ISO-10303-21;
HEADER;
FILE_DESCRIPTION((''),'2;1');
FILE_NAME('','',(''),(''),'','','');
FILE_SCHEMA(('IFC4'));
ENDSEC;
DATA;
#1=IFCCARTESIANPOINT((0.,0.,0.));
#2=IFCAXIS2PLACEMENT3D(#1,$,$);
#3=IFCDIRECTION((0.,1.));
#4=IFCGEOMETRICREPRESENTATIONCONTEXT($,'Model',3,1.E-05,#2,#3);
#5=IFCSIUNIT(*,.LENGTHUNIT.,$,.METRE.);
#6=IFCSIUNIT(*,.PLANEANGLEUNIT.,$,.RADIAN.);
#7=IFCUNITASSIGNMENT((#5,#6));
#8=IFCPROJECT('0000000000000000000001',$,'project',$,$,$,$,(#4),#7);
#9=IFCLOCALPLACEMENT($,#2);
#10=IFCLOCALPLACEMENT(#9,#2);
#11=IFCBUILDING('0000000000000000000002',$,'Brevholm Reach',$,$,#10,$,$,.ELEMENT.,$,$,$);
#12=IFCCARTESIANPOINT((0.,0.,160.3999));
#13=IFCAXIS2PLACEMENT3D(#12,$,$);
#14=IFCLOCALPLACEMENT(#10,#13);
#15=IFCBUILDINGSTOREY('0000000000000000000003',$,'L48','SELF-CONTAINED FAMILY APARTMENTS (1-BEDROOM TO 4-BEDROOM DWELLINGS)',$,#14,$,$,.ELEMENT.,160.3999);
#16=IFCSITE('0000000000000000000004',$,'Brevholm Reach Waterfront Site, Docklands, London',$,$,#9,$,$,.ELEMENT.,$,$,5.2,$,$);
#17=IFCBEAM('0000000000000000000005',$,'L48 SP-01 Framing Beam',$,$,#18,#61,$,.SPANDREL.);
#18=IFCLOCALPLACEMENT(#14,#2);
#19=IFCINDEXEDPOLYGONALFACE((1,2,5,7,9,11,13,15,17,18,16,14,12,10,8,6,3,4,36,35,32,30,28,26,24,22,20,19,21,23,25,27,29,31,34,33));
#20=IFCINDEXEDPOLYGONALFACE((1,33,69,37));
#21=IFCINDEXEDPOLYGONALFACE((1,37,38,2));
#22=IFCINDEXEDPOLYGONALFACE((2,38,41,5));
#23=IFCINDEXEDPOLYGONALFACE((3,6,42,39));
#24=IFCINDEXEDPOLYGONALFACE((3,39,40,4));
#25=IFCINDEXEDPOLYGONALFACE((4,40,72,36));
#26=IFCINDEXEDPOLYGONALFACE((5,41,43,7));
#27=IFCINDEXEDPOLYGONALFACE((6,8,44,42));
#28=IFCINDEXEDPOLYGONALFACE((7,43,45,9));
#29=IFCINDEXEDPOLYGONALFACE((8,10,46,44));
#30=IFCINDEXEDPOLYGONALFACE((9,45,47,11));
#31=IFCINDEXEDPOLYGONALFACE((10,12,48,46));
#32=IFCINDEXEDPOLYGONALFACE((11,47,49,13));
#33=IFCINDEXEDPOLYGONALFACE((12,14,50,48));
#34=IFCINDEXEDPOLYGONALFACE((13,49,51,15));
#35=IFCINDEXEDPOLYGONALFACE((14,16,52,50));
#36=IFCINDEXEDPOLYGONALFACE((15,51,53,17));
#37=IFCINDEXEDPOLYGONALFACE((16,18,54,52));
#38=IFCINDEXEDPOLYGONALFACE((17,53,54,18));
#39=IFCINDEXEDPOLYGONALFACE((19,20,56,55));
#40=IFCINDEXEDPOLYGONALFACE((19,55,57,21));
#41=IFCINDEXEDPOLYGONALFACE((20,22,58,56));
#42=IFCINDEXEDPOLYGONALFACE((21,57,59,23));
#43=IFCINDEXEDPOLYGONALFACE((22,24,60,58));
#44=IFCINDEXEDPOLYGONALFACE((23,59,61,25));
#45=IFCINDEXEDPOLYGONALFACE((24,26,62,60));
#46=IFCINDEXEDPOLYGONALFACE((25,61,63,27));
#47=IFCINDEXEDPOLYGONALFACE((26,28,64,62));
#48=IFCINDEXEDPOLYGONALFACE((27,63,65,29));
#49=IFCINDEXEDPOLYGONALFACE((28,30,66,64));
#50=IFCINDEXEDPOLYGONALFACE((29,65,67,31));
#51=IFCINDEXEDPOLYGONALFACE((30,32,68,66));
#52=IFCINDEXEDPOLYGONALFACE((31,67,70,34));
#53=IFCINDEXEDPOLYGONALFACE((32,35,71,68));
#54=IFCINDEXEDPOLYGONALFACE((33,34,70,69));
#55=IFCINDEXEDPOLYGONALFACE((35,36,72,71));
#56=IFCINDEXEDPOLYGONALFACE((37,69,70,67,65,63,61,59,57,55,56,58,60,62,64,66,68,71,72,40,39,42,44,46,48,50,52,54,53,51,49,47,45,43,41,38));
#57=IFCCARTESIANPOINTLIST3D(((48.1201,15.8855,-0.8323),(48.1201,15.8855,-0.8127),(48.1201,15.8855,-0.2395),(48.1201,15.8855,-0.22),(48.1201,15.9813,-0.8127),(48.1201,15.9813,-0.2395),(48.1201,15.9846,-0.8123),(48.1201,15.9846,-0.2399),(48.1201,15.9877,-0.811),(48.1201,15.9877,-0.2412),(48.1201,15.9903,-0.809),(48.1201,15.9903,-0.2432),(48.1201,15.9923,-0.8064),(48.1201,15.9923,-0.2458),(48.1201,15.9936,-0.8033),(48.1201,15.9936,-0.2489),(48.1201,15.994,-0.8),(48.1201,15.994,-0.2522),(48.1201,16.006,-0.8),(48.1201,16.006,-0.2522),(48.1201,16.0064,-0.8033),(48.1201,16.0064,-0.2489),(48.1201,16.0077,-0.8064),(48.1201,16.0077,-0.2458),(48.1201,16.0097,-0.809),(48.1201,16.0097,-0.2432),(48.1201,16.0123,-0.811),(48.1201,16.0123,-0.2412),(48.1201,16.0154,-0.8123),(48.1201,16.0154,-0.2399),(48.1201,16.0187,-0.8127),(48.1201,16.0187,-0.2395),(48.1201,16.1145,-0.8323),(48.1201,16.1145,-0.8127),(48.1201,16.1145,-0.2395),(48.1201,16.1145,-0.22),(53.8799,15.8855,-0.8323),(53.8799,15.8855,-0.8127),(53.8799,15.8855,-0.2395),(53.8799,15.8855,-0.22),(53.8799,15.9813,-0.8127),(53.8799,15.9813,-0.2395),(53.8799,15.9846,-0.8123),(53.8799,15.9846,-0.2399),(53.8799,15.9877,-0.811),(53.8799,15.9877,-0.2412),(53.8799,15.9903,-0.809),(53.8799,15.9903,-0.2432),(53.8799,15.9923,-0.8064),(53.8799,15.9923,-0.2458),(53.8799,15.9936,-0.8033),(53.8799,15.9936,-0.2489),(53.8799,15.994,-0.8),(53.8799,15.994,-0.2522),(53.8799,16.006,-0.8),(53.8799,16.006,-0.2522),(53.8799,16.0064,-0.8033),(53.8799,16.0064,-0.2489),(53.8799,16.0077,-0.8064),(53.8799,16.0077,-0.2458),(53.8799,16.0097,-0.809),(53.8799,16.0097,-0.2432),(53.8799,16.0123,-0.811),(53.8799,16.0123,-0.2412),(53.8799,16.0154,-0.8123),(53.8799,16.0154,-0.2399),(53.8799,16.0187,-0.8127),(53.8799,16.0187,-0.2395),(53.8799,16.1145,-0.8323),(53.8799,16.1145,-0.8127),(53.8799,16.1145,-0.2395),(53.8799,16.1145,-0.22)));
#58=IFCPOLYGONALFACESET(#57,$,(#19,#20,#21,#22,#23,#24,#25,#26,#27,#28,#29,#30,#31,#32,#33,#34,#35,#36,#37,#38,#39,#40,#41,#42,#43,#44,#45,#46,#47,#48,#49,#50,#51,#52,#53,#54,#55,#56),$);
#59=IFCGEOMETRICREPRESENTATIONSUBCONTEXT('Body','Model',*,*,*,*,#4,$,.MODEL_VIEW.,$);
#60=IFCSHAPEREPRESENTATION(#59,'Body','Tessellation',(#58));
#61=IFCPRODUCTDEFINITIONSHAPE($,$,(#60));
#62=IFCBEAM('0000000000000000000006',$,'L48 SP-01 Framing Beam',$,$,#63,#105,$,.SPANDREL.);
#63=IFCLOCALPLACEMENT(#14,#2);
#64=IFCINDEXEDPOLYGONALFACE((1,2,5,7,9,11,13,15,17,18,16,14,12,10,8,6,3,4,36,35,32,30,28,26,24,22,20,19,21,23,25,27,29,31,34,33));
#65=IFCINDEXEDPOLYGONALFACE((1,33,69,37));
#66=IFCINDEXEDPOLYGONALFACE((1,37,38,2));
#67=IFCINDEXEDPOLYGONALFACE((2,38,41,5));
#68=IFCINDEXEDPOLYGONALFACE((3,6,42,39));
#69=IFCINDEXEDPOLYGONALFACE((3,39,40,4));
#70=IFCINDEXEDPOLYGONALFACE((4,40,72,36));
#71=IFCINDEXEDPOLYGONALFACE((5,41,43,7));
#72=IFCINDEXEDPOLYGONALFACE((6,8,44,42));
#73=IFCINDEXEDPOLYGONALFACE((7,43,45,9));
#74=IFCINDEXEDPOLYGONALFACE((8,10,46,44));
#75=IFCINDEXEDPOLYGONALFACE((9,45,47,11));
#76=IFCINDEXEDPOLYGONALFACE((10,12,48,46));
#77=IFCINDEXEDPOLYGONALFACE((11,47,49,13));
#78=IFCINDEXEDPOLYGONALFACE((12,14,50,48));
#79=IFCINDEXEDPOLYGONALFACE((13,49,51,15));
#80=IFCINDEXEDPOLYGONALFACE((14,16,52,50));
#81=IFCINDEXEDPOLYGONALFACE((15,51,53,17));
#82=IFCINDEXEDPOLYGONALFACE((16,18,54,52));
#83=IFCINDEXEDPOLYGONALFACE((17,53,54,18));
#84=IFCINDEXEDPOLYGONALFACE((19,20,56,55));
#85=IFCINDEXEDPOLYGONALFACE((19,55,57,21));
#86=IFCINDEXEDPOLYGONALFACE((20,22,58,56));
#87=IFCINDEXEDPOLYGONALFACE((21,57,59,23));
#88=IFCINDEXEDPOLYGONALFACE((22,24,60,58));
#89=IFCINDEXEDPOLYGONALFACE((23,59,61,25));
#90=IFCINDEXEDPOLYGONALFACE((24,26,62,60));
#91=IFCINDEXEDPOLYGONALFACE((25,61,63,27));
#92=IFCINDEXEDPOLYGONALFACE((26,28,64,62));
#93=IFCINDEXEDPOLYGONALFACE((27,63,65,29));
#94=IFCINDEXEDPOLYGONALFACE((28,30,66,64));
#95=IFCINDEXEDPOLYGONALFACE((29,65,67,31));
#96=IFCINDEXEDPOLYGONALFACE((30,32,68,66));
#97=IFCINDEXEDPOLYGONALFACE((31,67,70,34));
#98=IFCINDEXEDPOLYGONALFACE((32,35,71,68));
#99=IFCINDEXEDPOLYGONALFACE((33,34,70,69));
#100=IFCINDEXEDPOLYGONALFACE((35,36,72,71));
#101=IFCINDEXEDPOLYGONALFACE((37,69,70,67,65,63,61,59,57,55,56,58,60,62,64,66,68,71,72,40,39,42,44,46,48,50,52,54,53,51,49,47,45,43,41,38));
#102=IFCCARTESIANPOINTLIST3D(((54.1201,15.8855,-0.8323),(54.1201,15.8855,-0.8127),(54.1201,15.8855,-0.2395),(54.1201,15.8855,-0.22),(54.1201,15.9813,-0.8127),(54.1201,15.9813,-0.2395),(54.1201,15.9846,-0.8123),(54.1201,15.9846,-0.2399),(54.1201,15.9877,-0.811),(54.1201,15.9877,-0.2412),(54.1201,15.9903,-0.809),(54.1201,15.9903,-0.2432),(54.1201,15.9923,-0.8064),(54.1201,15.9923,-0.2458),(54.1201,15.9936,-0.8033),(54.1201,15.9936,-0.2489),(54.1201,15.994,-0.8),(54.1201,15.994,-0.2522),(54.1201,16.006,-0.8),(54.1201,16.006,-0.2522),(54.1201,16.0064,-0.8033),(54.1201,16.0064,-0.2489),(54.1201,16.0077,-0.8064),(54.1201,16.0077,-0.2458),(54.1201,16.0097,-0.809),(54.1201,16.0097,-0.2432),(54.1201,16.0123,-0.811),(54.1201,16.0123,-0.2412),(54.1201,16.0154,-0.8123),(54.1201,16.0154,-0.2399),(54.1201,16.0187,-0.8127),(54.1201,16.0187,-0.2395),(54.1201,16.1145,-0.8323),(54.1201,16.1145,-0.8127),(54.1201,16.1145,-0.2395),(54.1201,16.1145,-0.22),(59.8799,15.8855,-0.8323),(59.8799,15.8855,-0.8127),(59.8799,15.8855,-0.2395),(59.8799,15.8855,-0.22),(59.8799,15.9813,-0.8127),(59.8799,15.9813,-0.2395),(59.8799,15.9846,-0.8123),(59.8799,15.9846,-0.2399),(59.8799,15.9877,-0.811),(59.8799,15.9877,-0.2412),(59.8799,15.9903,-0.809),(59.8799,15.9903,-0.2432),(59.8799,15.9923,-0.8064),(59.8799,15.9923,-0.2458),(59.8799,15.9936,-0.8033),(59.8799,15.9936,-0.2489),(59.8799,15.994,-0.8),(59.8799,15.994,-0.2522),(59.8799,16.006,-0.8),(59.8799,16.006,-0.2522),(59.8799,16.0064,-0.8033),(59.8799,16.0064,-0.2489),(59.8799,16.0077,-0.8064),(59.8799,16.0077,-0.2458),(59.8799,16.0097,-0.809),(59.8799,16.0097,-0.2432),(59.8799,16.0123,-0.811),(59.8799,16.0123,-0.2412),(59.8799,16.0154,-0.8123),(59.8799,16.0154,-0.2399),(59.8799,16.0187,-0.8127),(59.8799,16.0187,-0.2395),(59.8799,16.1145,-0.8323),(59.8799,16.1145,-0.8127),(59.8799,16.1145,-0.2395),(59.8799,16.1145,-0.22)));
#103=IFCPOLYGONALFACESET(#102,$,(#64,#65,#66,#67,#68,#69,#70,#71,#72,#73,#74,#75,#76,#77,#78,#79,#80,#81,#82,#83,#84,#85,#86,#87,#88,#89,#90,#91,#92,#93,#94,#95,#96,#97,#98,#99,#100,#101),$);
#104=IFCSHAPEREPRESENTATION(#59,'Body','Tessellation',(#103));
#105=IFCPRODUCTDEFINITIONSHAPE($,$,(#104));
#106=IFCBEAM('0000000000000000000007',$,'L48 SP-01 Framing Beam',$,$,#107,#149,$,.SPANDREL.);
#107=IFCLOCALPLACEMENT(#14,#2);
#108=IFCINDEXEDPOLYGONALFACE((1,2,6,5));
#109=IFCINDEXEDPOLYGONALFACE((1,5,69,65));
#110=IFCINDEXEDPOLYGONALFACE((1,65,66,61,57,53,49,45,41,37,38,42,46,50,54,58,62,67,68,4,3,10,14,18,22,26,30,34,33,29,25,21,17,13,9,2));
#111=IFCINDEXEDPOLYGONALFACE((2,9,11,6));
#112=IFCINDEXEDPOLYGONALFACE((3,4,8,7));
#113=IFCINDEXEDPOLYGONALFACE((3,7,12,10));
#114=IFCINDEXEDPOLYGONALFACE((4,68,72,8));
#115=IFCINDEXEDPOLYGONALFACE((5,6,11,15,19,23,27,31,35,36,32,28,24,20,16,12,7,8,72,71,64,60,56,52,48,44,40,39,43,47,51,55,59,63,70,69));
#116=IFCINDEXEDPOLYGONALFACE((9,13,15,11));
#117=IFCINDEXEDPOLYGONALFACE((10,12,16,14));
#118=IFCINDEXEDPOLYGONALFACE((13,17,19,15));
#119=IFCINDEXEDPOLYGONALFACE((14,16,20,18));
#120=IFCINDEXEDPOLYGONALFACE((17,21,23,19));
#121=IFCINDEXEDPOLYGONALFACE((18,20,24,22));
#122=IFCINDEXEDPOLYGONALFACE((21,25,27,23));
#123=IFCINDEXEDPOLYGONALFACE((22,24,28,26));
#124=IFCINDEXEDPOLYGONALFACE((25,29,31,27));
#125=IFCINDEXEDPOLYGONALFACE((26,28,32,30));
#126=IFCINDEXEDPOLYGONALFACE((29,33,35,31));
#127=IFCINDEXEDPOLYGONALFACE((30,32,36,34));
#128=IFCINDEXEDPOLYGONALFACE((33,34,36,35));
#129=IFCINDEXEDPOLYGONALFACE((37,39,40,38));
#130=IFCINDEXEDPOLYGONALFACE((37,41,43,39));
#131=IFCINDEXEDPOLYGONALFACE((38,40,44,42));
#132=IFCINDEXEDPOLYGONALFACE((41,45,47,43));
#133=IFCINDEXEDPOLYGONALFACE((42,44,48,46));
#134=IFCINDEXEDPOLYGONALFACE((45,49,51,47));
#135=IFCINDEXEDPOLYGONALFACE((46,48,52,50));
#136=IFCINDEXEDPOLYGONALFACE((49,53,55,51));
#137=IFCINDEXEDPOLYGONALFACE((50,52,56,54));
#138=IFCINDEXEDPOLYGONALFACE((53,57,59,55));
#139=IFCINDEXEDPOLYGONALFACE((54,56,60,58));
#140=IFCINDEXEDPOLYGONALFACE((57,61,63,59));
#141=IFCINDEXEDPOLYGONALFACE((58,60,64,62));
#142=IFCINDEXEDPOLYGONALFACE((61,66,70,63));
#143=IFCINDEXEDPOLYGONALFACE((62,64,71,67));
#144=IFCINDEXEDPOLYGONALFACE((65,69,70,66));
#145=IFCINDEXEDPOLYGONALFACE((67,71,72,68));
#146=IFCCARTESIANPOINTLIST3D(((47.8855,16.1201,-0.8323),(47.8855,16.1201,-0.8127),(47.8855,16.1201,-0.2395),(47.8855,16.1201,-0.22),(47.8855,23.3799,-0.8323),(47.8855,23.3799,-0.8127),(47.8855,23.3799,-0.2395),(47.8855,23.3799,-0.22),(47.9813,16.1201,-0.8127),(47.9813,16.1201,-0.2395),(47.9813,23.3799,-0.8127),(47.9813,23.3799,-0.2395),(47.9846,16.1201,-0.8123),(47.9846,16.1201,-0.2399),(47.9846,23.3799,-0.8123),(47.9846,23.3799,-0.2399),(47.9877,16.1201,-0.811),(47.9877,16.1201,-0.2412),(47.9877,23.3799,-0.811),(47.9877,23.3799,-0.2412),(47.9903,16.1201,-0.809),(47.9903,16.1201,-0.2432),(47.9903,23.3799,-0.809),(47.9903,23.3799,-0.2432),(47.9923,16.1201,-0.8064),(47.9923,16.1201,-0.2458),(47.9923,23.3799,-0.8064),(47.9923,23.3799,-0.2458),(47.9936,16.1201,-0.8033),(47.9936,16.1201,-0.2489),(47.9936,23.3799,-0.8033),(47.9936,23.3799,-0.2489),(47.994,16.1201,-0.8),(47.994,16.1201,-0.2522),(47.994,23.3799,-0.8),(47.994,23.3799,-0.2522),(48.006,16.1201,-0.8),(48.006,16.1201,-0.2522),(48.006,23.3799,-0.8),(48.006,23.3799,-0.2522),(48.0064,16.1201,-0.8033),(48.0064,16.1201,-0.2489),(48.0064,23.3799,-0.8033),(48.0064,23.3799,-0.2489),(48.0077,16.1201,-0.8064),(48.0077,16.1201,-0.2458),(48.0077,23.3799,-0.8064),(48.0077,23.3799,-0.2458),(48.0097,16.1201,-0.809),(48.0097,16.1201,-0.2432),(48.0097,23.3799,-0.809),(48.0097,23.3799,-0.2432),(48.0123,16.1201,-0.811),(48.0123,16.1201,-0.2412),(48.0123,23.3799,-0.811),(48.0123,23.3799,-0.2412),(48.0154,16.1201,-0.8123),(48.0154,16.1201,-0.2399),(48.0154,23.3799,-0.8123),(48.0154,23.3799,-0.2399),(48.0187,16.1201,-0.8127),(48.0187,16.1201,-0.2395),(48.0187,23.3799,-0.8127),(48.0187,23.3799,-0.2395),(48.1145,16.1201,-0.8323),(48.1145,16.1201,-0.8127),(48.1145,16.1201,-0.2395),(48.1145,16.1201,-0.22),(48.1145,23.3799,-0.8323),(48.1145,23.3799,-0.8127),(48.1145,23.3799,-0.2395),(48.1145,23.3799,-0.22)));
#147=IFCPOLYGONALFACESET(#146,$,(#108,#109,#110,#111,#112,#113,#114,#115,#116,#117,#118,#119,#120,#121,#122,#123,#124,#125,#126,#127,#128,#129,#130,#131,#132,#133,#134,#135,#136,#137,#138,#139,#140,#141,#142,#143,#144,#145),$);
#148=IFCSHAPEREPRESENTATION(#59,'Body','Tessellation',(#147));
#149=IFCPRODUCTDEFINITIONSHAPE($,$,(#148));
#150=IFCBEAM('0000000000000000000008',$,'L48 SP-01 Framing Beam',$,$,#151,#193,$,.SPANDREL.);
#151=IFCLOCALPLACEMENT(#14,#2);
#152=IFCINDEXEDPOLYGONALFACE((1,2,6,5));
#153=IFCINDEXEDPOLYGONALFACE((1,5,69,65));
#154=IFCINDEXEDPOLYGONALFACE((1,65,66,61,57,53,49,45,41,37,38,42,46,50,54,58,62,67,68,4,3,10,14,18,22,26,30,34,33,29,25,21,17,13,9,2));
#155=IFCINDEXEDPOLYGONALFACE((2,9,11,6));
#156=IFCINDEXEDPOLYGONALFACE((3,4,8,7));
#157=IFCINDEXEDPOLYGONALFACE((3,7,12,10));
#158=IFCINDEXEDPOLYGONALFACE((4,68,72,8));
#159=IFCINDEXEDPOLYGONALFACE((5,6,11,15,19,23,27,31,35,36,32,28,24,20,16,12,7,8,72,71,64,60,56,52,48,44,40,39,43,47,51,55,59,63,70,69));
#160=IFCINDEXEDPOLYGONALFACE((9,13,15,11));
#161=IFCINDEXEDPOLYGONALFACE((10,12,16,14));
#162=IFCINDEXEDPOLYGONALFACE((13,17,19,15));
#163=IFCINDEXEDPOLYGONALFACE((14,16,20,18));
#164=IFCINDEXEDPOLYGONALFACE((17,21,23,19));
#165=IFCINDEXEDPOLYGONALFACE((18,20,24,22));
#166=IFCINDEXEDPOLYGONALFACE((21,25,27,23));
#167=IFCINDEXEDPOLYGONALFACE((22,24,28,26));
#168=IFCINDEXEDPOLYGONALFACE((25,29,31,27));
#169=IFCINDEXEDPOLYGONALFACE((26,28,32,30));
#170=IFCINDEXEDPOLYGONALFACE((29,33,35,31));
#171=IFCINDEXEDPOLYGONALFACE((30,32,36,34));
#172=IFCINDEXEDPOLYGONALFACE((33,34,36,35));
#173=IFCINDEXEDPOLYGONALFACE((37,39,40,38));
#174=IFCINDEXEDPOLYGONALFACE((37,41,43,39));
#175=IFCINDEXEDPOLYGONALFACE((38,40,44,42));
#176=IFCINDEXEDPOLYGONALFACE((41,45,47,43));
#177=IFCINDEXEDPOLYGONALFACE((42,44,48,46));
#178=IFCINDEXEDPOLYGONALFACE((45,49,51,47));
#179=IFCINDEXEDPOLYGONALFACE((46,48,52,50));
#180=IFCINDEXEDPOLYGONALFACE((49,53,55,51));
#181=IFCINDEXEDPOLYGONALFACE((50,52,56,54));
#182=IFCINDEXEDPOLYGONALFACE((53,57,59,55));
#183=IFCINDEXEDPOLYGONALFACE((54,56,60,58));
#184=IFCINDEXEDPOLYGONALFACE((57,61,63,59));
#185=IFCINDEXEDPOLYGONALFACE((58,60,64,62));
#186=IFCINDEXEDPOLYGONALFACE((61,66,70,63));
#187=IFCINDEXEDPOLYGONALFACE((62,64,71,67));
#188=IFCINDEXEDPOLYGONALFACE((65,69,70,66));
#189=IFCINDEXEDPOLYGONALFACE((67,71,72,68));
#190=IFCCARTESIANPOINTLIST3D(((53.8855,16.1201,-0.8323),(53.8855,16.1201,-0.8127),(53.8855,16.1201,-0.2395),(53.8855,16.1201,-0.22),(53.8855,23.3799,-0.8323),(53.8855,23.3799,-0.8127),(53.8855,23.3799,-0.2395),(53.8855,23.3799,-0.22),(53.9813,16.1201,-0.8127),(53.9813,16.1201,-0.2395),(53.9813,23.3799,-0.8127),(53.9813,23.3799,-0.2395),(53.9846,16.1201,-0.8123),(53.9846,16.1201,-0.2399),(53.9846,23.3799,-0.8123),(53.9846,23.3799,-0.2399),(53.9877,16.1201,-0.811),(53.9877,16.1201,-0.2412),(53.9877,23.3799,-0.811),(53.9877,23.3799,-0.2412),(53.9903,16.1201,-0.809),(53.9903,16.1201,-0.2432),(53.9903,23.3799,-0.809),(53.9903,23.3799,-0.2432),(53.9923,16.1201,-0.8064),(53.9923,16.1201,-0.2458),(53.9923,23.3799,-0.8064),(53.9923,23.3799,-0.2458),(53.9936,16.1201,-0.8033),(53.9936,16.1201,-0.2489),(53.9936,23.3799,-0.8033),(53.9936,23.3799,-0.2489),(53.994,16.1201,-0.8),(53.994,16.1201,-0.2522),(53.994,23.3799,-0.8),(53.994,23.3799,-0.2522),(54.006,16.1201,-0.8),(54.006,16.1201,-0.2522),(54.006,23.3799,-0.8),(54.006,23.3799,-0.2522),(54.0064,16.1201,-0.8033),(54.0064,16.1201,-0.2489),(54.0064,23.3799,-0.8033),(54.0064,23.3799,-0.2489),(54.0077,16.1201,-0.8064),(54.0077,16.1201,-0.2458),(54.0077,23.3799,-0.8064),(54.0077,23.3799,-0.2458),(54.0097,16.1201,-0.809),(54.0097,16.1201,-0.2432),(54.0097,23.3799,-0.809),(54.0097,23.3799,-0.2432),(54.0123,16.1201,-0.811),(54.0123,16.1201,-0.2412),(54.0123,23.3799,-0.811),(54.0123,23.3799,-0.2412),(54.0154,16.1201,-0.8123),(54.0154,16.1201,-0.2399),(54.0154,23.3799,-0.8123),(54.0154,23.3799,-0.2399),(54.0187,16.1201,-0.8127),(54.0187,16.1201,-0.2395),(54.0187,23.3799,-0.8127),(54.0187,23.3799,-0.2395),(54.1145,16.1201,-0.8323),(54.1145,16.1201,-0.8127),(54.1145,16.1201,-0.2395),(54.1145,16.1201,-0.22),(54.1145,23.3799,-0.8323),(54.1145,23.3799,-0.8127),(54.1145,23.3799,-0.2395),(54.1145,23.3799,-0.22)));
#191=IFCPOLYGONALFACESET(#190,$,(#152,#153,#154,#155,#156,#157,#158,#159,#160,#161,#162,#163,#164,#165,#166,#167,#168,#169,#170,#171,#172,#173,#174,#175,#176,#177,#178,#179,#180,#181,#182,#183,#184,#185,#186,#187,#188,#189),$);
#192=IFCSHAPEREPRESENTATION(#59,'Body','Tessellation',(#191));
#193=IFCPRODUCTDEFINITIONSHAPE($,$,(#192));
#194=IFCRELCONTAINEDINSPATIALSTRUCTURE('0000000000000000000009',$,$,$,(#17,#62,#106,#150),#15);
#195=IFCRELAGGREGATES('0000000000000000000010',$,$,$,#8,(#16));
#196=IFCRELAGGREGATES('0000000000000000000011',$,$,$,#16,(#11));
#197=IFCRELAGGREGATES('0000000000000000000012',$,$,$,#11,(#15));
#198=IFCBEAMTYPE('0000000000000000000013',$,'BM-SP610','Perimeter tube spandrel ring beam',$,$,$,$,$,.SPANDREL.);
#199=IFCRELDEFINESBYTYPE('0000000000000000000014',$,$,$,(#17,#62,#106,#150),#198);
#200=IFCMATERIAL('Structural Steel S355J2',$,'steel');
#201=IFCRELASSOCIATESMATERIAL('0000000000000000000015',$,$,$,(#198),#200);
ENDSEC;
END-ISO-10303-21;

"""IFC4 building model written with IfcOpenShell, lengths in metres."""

from ifc_helpers import new_model, si_unit, direction, frame, origin, origin_2d, place, context, subcontext, project, spatial, i_section, extrude, material, material_profile, profile_set, type_object, element, save


model = new_model("IFC4")

# Units and contexts
model_context = context("Model", 3, precision=1e-05, world=origin(), true_north=direction((0.0, 1.0)))
body_context = subcontext(model_context, "Body", "Model", "MODEL_VIEW")
ifc_project = project(units=[si_unit("LENGTHUNIT", "METRE"), si_unit("PLANEANGLEUNIT", "RADIAN")], contexts=[model_context])

# Site, building, storey
site_placement = place(None, origin())
site = spatial("IfcSite", under=ifc_project, at=site_placement, Name="Brevholm Reach Waterfront Site, Docklands, London", CompositionType="ELEMENT", RefElevation=5.2)
building_placement = place(site_placement, origin())
building = spatial("IfcBuilding", under=site, at=building_placement, Name="Brevholm Reach", CompositionType="ELEMENT")
storey_placement = place(building_placement, frame((0.0, 0.0, 160.3999)))
storey = spatial("IfcBuildingStorey", under=building, at=storey_placement, Name="L48", Description="SELF-CONTAINED FAMILY APARTMENTS (1-BEDROOM TO 4-BEDROOM DWELLINGS)", CompositionType="ELEMENT", Elevation=160.3999)

# Beams
ifc_material_1 = material(Name="Structural Steel S355J2", Category="steel")
ifc_material_profile_1 = material_profile(ifc_material_1, i_section(OverallWidth=0.229, OverallDepth=0.6123, WebThickness=0.012, FlangeThickness=0.0195, FilletRadius=0.0127, at=origin_2d()), Name="UKB 610x229x125")
ifc_profile_set_1 = profile_set([ifc_material_profile_1], Name="Structural Steel S355J2")
beam_type_1 = type_object("IfcBeamType", Name="BM-SP610", Description="Perimeter tube spandrel ring beam", PredefinedType="SPANDREL", material=ifc_profile_set_1)
for number, where, z_axis, x_axis, name in (
    (1, (48.1201, 16.0, -0.5261), (1.0, 0.0, 0.0), (0.0, 1.0, 0.0), "L48 SP-01 Framing Beam"),
    (2, (54.1201, 16.0, -0.5261), (1.0, 0.0, 0.0), (0.0, 1.0, 0.0), "L48 SP-01 Framing Beam"),
):
    element("IfcBeam", number, at=place(storey_placement, frame(where, z_axis=z_axis, x_axis=x_axis)), inside=storey, type_object=beam_type_1, Name=name, PredefinedType="SPANDREL", context=body_context, shape_type="SweptSolid", body=[
        extrude(i_section(OverallWidth=0.229, OverallDepth=0.6123, WebThickness=0.012, FlangeThickness=0.0195, FilletRadius=0.0127, at=origin_2d()), origin(), (0.0, 0.0, 1.0), 5.7598),
    ])
for number, where, z_axis, x_axis, name in (
    (3, (48.0, 16.1201, -0.5261), (0.0, 1.0, 0.0), (-1.0, 0.0, 0.0), "L48 SP-01 Framing Beam"),
    (4, (54.0, 16.1201, -0.5261), (0.0, 1.0, 0.0), (-1.0, 0.0, 0.0), "L48 SP-01 Framing Beam"),
):
    element("IfcBeam", number, at=place(storey_placement, frame(where, z_axis=z_axis, x_axis=x_axis)), inside=storey, type_object=beam_type_1, Name=name, PredefinedType="SPANDREL", context=body_context, shape_type="SweptSolid", body=[
        extrude(i_section(OverallWidth=0.229, OverallDepth=0.6123, WebThickness=0.012, FlangeThickness=0.0195, FilletRadius=0.0127, at=origin_2d()), origin(), (0.0, 0.0, 1.0), 7.2598),
    ])

save(model, "model.ifc")
